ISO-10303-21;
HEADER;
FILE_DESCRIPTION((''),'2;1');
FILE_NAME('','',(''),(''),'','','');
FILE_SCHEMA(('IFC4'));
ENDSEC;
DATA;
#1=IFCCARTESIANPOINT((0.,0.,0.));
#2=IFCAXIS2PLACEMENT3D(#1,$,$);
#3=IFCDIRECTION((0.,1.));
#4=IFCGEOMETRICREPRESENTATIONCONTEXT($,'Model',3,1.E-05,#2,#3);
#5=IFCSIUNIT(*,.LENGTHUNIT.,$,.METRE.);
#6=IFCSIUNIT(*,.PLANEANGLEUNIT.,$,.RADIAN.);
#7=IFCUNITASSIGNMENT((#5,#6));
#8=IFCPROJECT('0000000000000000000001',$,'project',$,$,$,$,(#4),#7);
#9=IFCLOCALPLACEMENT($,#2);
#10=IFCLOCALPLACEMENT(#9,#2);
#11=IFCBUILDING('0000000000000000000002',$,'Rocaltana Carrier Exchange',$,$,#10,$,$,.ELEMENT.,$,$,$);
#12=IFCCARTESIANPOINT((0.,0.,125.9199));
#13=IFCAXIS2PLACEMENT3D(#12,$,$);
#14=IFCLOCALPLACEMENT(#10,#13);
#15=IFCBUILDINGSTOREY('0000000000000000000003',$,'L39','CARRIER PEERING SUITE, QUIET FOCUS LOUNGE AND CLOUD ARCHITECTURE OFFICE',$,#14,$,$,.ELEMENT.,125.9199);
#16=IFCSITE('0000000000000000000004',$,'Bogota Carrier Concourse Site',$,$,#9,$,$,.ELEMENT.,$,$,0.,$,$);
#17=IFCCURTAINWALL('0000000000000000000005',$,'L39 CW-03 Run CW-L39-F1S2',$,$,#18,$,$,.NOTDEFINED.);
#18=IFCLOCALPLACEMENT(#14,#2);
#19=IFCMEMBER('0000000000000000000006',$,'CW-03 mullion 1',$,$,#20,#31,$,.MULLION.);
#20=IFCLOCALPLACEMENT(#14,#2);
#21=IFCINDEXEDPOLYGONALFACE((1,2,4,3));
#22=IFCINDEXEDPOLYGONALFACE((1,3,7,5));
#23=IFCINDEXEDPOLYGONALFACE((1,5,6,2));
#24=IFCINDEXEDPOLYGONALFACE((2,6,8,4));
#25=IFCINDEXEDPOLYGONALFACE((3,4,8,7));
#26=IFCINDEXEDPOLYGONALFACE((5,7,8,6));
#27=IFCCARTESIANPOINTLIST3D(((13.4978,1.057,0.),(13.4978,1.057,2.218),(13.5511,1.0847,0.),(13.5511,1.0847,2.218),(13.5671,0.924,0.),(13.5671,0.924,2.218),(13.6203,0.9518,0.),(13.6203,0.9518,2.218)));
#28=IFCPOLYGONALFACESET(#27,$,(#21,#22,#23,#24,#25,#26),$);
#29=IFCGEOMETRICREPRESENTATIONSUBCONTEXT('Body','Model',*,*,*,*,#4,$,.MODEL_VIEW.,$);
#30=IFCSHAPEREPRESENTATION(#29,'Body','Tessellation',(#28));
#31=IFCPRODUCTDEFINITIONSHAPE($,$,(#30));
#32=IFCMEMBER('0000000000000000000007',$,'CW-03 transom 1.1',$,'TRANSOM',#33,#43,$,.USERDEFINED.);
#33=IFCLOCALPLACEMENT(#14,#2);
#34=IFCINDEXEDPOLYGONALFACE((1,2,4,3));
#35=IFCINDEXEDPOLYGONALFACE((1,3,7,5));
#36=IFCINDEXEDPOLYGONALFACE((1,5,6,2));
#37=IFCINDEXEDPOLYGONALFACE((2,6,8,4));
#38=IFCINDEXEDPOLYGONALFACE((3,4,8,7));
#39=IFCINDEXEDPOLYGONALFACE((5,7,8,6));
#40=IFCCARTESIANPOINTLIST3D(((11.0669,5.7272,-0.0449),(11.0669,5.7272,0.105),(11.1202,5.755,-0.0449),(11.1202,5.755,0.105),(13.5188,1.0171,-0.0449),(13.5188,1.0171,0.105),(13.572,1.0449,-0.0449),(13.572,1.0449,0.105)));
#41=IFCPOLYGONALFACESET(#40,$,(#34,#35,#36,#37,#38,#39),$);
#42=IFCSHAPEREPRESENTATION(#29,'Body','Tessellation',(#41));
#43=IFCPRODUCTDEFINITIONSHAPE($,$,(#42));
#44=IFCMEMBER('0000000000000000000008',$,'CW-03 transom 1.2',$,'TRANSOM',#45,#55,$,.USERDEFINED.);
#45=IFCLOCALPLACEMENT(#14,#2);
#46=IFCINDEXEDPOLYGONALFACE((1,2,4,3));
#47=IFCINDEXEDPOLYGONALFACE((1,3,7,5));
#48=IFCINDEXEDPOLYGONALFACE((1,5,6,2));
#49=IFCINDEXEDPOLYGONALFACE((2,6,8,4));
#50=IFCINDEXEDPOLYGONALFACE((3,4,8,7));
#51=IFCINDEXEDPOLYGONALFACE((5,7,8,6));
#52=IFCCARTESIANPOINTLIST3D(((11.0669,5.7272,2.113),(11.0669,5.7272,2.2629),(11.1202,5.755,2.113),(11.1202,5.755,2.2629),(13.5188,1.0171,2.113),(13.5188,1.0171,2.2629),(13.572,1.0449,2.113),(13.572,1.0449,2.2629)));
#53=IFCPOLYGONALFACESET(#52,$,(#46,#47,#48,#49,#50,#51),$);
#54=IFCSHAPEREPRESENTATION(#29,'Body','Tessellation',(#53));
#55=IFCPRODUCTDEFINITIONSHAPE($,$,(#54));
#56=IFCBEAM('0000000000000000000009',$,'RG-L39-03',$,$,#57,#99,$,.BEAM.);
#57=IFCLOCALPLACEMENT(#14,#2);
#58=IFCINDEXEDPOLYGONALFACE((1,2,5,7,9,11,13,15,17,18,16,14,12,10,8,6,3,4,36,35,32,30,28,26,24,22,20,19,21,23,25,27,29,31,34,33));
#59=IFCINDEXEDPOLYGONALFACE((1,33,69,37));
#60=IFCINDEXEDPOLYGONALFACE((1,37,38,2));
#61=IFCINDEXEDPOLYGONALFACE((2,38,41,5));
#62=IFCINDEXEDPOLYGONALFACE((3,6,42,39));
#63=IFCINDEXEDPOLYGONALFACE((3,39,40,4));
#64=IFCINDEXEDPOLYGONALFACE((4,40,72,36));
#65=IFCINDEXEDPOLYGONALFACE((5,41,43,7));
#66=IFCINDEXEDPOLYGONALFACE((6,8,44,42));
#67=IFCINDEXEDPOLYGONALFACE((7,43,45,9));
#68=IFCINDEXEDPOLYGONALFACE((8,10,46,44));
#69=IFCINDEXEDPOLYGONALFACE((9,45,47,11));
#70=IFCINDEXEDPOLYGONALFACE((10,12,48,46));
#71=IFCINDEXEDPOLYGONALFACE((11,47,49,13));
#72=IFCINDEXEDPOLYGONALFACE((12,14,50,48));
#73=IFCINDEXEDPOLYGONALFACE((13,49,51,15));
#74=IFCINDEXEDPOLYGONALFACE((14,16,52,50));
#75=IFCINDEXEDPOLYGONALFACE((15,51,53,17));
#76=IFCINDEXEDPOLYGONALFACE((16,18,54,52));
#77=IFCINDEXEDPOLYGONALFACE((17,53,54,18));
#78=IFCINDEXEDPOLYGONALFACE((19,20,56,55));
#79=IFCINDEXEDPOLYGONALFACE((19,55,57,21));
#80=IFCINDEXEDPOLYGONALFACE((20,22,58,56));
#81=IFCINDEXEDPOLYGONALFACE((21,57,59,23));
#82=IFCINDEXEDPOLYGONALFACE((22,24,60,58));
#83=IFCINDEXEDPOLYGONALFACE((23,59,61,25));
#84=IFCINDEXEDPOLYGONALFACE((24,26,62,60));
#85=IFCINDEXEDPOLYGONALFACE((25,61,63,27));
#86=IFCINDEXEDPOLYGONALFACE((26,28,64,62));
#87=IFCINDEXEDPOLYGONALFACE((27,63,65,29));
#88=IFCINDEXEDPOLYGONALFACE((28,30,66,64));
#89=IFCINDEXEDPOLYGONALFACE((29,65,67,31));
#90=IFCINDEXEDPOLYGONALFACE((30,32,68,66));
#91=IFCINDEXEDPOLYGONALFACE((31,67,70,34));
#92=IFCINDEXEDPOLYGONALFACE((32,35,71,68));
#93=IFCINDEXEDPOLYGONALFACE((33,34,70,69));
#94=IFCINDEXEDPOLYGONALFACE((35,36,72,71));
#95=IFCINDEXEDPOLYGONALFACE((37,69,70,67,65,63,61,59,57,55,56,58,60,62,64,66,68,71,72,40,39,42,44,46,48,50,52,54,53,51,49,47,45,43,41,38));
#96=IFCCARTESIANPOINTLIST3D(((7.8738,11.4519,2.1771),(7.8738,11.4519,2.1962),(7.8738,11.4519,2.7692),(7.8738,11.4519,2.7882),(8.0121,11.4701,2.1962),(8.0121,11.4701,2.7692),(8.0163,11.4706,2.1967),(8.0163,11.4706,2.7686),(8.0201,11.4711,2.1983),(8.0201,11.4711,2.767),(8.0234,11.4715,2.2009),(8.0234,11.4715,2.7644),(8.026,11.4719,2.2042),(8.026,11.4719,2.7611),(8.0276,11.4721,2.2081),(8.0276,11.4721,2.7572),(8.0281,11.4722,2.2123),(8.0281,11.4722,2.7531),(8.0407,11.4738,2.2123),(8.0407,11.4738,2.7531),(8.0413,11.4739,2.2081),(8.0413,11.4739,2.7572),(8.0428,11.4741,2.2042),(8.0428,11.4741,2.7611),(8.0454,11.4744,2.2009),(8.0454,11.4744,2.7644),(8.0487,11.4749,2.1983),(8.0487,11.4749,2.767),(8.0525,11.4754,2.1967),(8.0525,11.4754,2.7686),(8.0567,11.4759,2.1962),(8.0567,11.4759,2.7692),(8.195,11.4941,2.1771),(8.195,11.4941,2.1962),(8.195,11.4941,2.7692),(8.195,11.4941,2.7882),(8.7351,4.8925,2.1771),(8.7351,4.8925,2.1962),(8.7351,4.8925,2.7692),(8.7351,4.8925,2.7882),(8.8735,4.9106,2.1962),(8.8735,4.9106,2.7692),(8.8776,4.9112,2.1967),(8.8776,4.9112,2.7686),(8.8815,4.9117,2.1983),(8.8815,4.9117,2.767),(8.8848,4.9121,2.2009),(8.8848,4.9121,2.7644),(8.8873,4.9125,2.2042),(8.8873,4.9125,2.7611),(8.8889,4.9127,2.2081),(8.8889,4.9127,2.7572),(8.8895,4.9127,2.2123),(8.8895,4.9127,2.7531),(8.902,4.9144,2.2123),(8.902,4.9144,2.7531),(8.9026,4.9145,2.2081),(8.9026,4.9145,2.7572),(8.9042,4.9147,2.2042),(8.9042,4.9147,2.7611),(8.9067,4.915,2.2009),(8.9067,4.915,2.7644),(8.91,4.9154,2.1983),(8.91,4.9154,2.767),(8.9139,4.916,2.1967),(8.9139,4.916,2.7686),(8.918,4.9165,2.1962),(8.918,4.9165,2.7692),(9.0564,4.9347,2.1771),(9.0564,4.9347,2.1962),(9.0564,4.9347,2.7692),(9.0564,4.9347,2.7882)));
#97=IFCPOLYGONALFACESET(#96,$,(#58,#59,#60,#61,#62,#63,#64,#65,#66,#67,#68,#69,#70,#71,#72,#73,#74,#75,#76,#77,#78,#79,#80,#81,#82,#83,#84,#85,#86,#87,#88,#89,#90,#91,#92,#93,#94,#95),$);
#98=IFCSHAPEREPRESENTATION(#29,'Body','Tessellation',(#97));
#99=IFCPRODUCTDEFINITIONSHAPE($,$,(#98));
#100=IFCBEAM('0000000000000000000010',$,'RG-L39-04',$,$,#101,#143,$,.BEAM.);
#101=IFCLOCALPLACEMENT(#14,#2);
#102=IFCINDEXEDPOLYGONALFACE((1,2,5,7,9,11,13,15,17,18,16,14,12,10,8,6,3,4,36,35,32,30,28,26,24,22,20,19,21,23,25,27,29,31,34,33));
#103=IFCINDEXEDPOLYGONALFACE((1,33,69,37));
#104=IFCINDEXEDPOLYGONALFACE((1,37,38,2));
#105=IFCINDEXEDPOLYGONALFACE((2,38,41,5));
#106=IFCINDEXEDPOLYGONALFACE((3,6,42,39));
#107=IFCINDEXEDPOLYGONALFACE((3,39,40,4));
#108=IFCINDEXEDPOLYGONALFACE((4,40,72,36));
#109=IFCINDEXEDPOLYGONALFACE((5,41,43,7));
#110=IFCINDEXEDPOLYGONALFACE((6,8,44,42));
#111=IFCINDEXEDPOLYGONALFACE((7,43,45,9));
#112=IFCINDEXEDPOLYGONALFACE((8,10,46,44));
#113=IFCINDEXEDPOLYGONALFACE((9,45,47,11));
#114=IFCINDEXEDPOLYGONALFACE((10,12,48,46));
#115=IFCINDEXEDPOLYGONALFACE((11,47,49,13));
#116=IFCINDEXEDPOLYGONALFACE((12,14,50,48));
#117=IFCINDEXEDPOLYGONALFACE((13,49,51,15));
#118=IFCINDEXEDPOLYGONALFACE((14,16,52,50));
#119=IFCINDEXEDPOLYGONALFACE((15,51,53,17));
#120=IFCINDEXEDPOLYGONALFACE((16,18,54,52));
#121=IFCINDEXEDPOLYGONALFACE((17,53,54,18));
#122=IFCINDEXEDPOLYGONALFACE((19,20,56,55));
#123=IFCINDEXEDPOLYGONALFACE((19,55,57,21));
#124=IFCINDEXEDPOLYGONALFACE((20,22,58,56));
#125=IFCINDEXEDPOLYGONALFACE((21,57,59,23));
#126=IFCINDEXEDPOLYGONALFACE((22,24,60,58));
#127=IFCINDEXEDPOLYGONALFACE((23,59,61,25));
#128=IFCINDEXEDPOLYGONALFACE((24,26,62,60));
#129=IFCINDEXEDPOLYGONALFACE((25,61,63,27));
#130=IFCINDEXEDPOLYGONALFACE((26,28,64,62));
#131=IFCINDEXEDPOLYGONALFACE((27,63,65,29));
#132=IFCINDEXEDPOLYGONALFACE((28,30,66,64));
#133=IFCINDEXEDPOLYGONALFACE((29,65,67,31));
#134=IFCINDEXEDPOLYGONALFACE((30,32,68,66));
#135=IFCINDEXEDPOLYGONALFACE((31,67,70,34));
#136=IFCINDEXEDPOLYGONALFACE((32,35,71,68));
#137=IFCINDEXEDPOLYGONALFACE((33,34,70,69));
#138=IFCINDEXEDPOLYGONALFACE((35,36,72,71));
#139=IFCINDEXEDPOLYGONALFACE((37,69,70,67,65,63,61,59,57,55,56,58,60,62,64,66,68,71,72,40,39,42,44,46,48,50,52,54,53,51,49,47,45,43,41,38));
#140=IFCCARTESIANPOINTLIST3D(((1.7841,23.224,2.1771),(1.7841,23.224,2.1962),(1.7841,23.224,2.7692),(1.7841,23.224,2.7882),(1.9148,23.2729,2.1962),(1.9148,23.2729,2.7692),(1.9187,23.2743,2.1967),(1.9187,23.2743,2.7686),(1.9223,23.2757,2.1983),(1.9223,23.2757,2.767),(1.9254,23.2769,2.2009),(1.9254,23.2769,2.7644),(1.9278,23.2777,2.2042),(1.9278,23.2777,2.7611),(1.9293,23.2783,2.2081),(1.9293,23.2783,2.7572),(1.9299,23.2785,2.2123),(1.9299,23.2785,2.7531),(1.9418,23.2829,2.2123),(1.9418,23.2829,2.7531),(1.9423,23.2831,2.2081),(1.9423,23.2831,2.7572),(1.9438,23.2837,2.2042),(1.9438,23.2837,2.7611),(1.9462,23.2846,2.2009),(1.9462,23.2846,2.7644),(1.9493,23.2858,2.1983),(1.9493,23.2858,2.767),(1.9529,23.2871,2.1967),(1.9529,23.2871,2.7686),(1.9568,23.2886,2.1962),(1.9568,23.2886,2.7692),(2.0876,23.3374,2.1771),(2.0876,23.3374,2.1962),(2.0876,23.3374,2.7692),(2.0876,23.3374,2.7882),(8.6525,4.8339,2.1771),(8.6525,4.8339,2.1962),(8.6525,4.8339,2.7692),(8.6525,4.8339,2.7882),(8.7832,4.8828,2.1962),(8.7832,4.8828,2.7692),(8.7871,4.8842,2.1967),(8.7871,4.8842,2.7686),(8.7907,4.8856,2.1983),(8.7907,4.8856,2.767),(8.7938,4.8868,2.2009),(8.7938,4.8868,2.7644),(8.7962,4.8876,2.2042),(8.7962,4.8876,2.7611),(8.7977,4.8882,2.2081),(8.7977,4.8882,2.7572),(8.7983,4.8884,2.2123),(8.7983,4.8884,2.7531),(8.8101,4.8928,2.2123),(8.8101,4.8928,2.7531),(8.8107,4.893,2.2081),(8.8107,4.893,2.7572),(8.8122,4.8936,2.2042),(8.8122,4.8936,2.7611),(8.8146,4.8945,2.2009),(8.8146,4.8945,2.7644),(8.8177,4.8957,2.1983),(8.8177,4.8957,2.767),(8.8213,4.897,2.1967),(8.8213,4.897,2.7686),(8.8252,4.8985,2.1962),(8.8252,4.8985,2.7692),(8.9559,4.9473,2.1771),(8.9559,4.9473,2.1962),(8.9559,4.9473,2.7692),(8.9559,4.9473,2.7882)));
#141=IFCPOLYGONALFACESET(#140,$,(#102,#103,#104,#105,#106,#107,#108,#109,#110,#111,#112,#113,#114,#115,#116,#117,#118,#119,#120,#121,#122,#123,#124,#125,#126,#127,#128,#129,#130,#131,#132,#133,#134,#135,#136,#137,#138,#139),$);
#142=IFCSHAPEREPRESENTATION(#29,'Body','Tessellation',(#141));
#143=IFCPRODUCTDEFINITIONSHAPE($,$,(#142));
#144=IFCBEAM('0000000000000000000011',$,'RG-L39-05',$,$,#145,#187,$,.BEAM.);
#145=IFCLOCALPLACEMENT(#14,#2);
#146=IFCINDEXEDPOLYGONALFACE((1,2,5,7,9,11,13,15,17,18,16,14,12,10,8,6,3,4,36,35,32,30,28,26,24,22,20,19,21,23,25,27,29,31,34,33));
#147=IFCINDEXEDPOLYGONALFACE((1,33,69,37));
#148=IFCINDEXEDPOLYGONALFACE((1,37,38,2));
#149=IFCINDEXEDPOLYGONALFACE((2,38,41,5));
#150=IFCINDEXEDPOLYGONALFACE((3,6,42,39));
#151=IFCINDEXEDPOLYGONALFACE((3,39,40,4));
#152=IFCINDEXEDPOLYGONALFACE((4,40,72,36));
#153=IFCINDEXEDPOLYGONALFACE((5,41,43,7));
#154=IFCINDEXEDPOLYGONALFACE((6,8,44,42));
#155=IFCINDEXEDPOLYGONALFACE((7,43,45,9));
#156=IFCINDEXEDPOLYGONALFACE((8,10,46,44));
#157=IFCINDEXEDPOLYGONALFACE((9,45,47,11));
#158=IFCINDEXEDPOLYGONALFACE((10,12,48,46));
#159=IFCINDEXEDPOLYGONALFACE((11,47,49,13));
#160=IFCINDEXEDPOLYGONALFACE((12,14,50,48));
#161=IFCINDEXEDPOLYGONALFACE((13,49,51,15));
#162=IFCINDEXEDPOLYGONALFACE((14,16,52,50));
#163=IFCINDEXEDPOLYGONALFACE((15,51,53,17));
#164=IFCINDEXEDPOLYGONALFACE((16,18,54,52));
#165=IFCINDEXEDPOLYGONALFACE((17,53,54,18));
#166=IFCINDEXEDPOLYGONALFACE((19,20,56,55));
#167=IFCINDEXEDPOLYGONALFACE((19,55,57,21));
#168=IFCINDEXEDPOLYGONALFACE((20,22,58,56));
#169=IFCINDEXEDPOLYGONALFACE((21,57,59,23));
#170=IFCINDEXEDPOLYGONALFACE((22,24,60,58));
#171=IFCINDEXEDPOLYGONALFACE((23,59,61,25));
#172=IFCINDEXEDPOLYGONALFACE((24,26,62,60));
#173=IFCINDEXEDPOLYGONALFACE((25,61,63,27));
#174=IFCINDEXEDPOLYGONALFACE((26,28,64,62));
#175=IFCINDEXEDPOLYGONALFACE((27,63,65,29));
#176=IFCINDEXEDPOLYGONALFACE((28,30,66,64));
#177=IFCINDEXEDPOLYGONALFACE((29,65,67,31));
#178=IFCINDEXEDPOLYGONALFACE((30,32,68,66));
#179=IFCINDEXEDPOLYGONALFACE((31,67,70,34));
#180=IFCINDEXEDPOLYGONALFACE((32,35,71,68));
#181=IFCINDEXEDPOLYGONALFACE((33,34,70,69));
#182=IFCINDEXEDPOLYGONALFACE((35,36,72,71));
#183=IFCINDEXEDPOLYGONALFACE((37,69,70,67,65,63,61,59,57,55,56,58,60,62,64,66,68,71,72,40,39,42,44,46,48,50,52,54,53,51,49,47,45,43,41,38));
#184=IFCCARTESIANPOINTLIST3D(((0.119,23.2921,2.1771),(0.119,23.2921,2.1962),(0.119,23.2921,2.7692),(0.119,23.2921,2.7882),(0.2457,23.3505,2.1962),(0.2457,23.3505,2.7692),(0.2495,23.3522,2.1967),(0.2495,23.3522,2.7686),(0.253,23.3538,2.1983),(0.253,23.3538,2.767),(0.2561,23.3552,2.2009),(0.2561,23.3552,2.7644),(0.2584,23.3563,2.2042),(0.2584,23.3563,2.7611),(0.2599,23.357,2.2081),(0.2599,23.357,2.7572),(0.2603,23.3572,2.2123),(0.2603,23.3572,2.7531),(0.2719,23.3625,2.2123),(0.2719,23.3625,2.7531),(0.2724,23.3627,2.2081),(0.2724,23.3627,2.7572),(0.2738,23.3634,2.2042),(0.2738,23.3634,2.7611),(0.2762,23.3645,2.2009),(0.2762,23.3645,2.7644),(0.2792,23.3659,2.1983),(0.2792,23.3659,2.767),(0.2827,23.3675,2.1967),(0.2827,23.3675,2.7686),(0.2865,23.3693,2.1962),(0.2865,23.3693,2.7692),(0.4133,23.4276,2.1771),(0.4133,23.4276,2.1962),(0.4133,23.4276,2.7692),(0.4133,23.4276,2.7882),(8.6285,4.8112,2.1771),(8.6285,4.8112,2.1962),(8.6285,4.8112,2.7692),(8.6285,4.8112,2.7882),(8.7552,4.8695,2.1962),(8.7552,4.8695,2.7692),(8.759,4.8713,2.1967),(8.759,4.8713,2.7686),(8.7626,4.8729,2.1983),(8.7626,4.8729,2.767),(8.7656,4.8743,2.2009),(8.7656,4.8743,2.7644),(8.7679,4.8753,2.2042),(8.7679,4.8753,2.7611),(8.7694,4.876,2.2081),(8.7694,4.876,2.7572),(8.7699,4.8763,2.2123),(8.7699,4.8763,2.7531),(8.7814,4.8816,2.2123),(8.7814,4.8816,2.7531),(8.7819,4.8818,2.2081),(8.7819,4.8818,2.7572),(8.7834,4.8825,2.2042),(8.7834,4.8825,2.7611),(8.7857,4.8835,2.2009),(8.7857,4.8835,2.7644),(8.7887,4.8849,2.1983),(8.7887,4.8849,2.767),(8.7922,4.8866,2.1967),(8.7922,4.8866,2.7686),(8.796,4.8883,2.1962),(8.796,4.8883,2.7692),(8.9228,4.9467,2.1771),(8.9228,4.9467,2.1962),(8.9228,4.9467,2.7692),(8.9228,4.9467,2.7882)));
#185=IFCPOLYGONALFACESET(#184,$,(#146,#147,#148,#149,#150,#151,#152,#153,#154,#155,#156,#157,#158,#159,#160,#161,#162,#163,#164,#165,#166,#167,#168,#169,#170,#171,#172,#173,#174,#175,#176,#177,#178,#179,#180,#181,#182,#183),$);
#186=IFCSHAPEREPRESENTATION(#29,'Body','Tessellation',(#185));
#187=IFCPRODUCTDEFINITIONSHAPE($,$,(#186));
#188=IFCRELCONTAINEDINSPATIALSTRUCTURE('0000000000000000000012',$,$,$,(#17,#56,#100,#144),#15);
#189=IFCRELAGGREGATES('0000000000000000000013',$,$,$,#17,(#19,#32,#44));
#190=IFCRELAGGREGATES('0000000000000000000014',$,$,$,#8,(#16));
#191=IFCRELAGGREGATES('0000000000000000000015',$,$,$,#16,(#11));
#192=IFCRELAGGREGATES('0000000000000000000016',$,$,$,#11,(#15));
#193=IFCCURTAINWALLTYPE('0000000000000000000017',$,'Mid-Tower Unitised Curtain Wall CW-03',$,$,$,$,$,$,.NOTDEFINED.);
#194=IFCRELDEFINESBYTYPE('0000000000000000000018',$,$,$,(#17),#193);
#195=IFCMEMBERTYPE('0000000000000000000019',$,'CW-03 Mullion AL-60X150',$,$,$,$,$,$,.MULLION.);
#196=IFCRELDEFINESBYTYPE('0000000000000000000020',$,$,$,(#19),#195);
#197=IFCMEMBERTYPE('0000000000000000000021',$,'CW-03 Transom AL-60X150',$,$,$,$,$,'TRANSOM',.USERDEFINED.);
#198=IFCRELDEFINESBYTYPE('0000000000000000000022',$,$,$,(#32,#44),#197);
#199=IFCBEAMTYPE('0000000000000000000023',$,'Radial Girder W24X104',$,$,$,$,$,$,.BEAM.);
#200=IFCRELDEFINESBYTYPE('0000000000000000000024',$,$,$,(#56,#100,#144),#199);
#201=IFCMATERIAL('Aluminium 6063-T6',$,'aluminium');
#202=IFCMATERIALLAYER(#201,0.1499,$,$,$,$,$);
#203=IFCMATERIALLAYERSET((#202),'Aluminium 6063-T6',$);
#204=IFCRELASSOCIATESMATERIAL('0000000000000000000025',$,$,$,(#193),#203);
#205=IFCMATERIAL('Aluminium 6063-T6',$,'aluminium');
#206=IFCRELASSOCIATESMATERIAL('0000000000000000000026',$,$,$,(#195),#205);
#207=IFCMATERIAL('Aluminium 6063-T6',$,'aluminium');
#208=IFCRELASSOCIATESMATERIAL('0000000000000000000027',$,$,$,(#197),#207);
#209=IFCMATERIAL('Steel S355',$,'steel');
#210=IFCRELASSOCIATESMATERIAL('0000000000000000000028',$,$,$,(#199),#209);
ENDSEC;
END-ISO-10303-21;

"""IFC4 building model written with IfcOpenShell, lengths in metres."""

from ifc_helpers import new_model, si_unit, direction, frame, origin, origin_2d, place, context, subcontext, project, spatial, rectangle, i_section, extrude, material, layer, layer_set, material_profile, profile_set, type_object, element, aggregate, save


model = new_model("IFC4")

# Units and contexts
model_context = context("Model", 3, precision=1e-05, world=origin(), true_north=direction((0.0, 1.0)))
body_context = subcontext(model_context, "Body", "Model", "MODEL_VIEW")
ifc_project = project(units=[si_unit("LENGTHUNIT", "METRE"), si_unit("PLANEANGLEUNIT", "RADIAN")], contexts=[model_context])

# Site, building, storey
site_placement = place(None, origin())
site = spatial("IfcSite", under=ifc_project, at=site_placement, Name="Bogota Carrier Concourse Site", CompositionType="ELEMENT", RefElevation=0.0)
building_placement = place(site_placement, origin())
building = spatial("IfcBuilding", under=site, at=building_placement, Name="Rocaltana Carrier Exchange", CompositionType="ELEMENT")
storey_placement = place(building_placement, frame((0.0, 0.0, 125.9199)))
storey = spatial("IfcBuildingStorey", under=building, at=storey_placement, Name="L39", Description="CARRIER PEERING SUITE, QUIET FOCUS LOUNGE AND CLOUD ARCHITECTURE OFFICE", CompositionType="ELEMENT", Elevation=125.9199)

# Curtain wall, members
ifc_material_1 = material(Name="Aluminium 6063-T6", Category="aluminium")
ifc_layer_1 = layer(ifc_material_1, 0.1499)
ifc_layer_set_1 = layer_set([ifc_layer_1], Name="Aluminium 6063-T6")
curtain_wall_type = type_object("IfcCurtainWallType", Name="Mid-Tower Unitised Curtain Wall CW-03", PredefinedType="NOTDEFINED", material=ifc_layer_set_1)
curtain_wall_placement = place(storey_placement, origin())
curtain_wall = element("IfcCurtainWall", 1, at=curtain_wall_placement, inside=storey, type_object=curtain_wall_type, Name="L39 CW-03 Run CW-L39-F1S2", PredefinedType="NOTDEFINED")
ifc_material_2 = material(Name="Aluminium 6063-T6", Category="aluminium")
ifc_material_profile_1 = material_profile(ifc_material_2, rectangle(XDim=0.0601, YDim=0.1499, at=origin_2d()), Name="AL-60X150")
ifc_profile_set_1 = profile_set([ifc_material_profile_1], Name="Aluminium 6063-T6")
member_type_1 = type_object("IfcMemberType", Name="CW-03 Mullion AL-60X150", PredefinedType="MULLION", material=ifc_profile_set_1)
member_1_placement = place(storey_placement, frame((13.5591, 1.0044, 0.0), z_axis=(0.0, 0.0, 1.0), x_axis=(-0.887012, -0.461747, 0.0)))
member_1 = element("IfcMember", 2, at=member_1_placement, type_object=member_type_1, Name="CW-03 mullion 1", PredefinedType="MULLION", context=body_context, shape_type="SweptSolid", body=[
    extrude(rectangle(XDim=0.0601, YDim=0.1499, at=origin_2d()), origin(), (0.0, 0.0, 1.0), 2.218),
])
ifc_material_3 = material(Name="Aluminium 6063-T6", Category="aluminium")
ifc_material_profile_2 = material_profile(ifc_material_3, rectangle(XDim=0.0601, YDim=0.1499, at=origin_2d()), Name="AL-60X150")
ifc_profile_set_2 = profile_set([ifc_material_profile_2], Name="Aluminium 6063-T6")
member_type_2 = type_object("IfcMemberType", Name="CW-03 Transom AL-60X150", ElementType="TRANSOM", PredefinedType="USERDEFINED", material=ifc_profile_set_2)
member_2_placement = place(storey_placement, frame((13.5454, 1.031, 0.03), z_axis=(-0.461738, 0.887016, 0.0), x_axis=(-0.887016, -0.461738, 0.0)))
member_2 = element("IfcMember", 3, at=member_2_placement, type_object=member_type_2, Name="CW-03 transom 1.1", ObjectType="TRANSOM", PredefinedType="USERDEFINED", context=body_context, shape_type="SweptSolid", body=[
    extrude(rectangle(XDim=0.0601, YDim=0.1499, at=origin_2d()), origin(), (0.0, 0.0, 1.0), 5.3101),
])
member_3_placement = place(storey_placement, frame((13.5454, 1.031, 2.188), z_axis=(-0.461738, 0.887016, 0.0), x_axis=(-0.887016, -0.461738, 0.0)))
member_3 = element("IfcMember", 4, at=member_3_placement, type_object=member_type_2, Name="CW-03 transom 1.2", ObjectType="TRANSOM", PredefinedType="USERDEFINED", context=body_context, shape_type="SweptSolid", body=[
    extrude(rectangle(XDim=0.0601, YDim=0.1499, at=origin_2d()), origin(), (0.0, 0.0, 1.0), 5.3101),
])

# Beams
ifc_material_4 = material(Name="Steel S355", Category="steel")
ifc_material_profile_3 = material_profile(ifc_material_4, i_section(OverallWidth=0.324, OverallDepth=0.6111, WebThickness=0.0127, FlangeThickness=0.019, FilletRadius=0.0161, at=origin_2d()), Name="W24X104")
ifc_profile_set_3 = profile_set([ifc_material_profile_3], Name="Steel S355")
beam_type_1 = type_object("IfcBeamType", Name="Radial Girder W24X104", PredefinedType="BEAM", material=ifc_profile_set_3)
beam_1_placement = place(storey_placement, frame((8.8958, 4.9136, 2.4827), z_axis=(-0.130196, 0.991488, 0.0), x_axis=(-0.991488, -0.130196, 0.0)))
element("IfcBeam", 5, at=beam_1_placement, inside=storey, type_object=beam_type_1, Name="RG-L39-03", PredefinedType="BEAM", context=body_context, shape_type="SweptSolid", body=[
    extrude(i_section(OverallWidth=0.324, OverallDepth=0.6111, WebThickness=0.0127, FlangeThickness=0.019, FilletRadius=0.0161, at=origin_2d()), origin(), (0.0, 0.0, 1.0), 6.6157),
])
beam_2_placement = place(storey_placement, frame((8.8042, 4.8906, 2.4827), z_axis=(-0.349877, 0.936795, 0.0), x_axis=(-0.936795, -0.349877, 0.0)))
element("IfcBeam", 6, at=beam_2_placement, inside=storey, type_object=beam_type_1, Name="RG-L39-04", PredefinedType="BEAM", context=body_context, shape_type="SweptSolid", body=[
    extrude(i_section(OverallWidth=0.324, OverallDepth=0.6111, WebThickness=0.0127, FlangeThickness=0.019, FilletRadius=0.0161, at=origin_2d()), origin(), (0.0, 0.0, 1.0), 19.6309),
])
beam_3_placement = place(storey_placement, frame((8.7756, 4.8789, 2.4827), z_axis=(-0.418242, 0.908336, 0.0), x_axis=(-0.908336, -0.418242, 0.0)))
element("IfcBeam", 7, at=beam_3_placement, inside=storey, type_object=beam_type_1, Name="RG-L39-05", PredefinedType="BEAM", context=body_context, shape_type="SweptSolid", body=[
    extrude(i_section(OverallWidth=0.324, OverallDepth=0.6111, WebThickness=0.0127, FlangeThickness=0.019, FilletRadius=0.0161, at=origin_2d()), origin(), (0.0, 0.0, 1.0), 20.3459),
])

aggregate(curtain_wall, [member_1, member_2, member_3])

save(model, "model.ifc")
